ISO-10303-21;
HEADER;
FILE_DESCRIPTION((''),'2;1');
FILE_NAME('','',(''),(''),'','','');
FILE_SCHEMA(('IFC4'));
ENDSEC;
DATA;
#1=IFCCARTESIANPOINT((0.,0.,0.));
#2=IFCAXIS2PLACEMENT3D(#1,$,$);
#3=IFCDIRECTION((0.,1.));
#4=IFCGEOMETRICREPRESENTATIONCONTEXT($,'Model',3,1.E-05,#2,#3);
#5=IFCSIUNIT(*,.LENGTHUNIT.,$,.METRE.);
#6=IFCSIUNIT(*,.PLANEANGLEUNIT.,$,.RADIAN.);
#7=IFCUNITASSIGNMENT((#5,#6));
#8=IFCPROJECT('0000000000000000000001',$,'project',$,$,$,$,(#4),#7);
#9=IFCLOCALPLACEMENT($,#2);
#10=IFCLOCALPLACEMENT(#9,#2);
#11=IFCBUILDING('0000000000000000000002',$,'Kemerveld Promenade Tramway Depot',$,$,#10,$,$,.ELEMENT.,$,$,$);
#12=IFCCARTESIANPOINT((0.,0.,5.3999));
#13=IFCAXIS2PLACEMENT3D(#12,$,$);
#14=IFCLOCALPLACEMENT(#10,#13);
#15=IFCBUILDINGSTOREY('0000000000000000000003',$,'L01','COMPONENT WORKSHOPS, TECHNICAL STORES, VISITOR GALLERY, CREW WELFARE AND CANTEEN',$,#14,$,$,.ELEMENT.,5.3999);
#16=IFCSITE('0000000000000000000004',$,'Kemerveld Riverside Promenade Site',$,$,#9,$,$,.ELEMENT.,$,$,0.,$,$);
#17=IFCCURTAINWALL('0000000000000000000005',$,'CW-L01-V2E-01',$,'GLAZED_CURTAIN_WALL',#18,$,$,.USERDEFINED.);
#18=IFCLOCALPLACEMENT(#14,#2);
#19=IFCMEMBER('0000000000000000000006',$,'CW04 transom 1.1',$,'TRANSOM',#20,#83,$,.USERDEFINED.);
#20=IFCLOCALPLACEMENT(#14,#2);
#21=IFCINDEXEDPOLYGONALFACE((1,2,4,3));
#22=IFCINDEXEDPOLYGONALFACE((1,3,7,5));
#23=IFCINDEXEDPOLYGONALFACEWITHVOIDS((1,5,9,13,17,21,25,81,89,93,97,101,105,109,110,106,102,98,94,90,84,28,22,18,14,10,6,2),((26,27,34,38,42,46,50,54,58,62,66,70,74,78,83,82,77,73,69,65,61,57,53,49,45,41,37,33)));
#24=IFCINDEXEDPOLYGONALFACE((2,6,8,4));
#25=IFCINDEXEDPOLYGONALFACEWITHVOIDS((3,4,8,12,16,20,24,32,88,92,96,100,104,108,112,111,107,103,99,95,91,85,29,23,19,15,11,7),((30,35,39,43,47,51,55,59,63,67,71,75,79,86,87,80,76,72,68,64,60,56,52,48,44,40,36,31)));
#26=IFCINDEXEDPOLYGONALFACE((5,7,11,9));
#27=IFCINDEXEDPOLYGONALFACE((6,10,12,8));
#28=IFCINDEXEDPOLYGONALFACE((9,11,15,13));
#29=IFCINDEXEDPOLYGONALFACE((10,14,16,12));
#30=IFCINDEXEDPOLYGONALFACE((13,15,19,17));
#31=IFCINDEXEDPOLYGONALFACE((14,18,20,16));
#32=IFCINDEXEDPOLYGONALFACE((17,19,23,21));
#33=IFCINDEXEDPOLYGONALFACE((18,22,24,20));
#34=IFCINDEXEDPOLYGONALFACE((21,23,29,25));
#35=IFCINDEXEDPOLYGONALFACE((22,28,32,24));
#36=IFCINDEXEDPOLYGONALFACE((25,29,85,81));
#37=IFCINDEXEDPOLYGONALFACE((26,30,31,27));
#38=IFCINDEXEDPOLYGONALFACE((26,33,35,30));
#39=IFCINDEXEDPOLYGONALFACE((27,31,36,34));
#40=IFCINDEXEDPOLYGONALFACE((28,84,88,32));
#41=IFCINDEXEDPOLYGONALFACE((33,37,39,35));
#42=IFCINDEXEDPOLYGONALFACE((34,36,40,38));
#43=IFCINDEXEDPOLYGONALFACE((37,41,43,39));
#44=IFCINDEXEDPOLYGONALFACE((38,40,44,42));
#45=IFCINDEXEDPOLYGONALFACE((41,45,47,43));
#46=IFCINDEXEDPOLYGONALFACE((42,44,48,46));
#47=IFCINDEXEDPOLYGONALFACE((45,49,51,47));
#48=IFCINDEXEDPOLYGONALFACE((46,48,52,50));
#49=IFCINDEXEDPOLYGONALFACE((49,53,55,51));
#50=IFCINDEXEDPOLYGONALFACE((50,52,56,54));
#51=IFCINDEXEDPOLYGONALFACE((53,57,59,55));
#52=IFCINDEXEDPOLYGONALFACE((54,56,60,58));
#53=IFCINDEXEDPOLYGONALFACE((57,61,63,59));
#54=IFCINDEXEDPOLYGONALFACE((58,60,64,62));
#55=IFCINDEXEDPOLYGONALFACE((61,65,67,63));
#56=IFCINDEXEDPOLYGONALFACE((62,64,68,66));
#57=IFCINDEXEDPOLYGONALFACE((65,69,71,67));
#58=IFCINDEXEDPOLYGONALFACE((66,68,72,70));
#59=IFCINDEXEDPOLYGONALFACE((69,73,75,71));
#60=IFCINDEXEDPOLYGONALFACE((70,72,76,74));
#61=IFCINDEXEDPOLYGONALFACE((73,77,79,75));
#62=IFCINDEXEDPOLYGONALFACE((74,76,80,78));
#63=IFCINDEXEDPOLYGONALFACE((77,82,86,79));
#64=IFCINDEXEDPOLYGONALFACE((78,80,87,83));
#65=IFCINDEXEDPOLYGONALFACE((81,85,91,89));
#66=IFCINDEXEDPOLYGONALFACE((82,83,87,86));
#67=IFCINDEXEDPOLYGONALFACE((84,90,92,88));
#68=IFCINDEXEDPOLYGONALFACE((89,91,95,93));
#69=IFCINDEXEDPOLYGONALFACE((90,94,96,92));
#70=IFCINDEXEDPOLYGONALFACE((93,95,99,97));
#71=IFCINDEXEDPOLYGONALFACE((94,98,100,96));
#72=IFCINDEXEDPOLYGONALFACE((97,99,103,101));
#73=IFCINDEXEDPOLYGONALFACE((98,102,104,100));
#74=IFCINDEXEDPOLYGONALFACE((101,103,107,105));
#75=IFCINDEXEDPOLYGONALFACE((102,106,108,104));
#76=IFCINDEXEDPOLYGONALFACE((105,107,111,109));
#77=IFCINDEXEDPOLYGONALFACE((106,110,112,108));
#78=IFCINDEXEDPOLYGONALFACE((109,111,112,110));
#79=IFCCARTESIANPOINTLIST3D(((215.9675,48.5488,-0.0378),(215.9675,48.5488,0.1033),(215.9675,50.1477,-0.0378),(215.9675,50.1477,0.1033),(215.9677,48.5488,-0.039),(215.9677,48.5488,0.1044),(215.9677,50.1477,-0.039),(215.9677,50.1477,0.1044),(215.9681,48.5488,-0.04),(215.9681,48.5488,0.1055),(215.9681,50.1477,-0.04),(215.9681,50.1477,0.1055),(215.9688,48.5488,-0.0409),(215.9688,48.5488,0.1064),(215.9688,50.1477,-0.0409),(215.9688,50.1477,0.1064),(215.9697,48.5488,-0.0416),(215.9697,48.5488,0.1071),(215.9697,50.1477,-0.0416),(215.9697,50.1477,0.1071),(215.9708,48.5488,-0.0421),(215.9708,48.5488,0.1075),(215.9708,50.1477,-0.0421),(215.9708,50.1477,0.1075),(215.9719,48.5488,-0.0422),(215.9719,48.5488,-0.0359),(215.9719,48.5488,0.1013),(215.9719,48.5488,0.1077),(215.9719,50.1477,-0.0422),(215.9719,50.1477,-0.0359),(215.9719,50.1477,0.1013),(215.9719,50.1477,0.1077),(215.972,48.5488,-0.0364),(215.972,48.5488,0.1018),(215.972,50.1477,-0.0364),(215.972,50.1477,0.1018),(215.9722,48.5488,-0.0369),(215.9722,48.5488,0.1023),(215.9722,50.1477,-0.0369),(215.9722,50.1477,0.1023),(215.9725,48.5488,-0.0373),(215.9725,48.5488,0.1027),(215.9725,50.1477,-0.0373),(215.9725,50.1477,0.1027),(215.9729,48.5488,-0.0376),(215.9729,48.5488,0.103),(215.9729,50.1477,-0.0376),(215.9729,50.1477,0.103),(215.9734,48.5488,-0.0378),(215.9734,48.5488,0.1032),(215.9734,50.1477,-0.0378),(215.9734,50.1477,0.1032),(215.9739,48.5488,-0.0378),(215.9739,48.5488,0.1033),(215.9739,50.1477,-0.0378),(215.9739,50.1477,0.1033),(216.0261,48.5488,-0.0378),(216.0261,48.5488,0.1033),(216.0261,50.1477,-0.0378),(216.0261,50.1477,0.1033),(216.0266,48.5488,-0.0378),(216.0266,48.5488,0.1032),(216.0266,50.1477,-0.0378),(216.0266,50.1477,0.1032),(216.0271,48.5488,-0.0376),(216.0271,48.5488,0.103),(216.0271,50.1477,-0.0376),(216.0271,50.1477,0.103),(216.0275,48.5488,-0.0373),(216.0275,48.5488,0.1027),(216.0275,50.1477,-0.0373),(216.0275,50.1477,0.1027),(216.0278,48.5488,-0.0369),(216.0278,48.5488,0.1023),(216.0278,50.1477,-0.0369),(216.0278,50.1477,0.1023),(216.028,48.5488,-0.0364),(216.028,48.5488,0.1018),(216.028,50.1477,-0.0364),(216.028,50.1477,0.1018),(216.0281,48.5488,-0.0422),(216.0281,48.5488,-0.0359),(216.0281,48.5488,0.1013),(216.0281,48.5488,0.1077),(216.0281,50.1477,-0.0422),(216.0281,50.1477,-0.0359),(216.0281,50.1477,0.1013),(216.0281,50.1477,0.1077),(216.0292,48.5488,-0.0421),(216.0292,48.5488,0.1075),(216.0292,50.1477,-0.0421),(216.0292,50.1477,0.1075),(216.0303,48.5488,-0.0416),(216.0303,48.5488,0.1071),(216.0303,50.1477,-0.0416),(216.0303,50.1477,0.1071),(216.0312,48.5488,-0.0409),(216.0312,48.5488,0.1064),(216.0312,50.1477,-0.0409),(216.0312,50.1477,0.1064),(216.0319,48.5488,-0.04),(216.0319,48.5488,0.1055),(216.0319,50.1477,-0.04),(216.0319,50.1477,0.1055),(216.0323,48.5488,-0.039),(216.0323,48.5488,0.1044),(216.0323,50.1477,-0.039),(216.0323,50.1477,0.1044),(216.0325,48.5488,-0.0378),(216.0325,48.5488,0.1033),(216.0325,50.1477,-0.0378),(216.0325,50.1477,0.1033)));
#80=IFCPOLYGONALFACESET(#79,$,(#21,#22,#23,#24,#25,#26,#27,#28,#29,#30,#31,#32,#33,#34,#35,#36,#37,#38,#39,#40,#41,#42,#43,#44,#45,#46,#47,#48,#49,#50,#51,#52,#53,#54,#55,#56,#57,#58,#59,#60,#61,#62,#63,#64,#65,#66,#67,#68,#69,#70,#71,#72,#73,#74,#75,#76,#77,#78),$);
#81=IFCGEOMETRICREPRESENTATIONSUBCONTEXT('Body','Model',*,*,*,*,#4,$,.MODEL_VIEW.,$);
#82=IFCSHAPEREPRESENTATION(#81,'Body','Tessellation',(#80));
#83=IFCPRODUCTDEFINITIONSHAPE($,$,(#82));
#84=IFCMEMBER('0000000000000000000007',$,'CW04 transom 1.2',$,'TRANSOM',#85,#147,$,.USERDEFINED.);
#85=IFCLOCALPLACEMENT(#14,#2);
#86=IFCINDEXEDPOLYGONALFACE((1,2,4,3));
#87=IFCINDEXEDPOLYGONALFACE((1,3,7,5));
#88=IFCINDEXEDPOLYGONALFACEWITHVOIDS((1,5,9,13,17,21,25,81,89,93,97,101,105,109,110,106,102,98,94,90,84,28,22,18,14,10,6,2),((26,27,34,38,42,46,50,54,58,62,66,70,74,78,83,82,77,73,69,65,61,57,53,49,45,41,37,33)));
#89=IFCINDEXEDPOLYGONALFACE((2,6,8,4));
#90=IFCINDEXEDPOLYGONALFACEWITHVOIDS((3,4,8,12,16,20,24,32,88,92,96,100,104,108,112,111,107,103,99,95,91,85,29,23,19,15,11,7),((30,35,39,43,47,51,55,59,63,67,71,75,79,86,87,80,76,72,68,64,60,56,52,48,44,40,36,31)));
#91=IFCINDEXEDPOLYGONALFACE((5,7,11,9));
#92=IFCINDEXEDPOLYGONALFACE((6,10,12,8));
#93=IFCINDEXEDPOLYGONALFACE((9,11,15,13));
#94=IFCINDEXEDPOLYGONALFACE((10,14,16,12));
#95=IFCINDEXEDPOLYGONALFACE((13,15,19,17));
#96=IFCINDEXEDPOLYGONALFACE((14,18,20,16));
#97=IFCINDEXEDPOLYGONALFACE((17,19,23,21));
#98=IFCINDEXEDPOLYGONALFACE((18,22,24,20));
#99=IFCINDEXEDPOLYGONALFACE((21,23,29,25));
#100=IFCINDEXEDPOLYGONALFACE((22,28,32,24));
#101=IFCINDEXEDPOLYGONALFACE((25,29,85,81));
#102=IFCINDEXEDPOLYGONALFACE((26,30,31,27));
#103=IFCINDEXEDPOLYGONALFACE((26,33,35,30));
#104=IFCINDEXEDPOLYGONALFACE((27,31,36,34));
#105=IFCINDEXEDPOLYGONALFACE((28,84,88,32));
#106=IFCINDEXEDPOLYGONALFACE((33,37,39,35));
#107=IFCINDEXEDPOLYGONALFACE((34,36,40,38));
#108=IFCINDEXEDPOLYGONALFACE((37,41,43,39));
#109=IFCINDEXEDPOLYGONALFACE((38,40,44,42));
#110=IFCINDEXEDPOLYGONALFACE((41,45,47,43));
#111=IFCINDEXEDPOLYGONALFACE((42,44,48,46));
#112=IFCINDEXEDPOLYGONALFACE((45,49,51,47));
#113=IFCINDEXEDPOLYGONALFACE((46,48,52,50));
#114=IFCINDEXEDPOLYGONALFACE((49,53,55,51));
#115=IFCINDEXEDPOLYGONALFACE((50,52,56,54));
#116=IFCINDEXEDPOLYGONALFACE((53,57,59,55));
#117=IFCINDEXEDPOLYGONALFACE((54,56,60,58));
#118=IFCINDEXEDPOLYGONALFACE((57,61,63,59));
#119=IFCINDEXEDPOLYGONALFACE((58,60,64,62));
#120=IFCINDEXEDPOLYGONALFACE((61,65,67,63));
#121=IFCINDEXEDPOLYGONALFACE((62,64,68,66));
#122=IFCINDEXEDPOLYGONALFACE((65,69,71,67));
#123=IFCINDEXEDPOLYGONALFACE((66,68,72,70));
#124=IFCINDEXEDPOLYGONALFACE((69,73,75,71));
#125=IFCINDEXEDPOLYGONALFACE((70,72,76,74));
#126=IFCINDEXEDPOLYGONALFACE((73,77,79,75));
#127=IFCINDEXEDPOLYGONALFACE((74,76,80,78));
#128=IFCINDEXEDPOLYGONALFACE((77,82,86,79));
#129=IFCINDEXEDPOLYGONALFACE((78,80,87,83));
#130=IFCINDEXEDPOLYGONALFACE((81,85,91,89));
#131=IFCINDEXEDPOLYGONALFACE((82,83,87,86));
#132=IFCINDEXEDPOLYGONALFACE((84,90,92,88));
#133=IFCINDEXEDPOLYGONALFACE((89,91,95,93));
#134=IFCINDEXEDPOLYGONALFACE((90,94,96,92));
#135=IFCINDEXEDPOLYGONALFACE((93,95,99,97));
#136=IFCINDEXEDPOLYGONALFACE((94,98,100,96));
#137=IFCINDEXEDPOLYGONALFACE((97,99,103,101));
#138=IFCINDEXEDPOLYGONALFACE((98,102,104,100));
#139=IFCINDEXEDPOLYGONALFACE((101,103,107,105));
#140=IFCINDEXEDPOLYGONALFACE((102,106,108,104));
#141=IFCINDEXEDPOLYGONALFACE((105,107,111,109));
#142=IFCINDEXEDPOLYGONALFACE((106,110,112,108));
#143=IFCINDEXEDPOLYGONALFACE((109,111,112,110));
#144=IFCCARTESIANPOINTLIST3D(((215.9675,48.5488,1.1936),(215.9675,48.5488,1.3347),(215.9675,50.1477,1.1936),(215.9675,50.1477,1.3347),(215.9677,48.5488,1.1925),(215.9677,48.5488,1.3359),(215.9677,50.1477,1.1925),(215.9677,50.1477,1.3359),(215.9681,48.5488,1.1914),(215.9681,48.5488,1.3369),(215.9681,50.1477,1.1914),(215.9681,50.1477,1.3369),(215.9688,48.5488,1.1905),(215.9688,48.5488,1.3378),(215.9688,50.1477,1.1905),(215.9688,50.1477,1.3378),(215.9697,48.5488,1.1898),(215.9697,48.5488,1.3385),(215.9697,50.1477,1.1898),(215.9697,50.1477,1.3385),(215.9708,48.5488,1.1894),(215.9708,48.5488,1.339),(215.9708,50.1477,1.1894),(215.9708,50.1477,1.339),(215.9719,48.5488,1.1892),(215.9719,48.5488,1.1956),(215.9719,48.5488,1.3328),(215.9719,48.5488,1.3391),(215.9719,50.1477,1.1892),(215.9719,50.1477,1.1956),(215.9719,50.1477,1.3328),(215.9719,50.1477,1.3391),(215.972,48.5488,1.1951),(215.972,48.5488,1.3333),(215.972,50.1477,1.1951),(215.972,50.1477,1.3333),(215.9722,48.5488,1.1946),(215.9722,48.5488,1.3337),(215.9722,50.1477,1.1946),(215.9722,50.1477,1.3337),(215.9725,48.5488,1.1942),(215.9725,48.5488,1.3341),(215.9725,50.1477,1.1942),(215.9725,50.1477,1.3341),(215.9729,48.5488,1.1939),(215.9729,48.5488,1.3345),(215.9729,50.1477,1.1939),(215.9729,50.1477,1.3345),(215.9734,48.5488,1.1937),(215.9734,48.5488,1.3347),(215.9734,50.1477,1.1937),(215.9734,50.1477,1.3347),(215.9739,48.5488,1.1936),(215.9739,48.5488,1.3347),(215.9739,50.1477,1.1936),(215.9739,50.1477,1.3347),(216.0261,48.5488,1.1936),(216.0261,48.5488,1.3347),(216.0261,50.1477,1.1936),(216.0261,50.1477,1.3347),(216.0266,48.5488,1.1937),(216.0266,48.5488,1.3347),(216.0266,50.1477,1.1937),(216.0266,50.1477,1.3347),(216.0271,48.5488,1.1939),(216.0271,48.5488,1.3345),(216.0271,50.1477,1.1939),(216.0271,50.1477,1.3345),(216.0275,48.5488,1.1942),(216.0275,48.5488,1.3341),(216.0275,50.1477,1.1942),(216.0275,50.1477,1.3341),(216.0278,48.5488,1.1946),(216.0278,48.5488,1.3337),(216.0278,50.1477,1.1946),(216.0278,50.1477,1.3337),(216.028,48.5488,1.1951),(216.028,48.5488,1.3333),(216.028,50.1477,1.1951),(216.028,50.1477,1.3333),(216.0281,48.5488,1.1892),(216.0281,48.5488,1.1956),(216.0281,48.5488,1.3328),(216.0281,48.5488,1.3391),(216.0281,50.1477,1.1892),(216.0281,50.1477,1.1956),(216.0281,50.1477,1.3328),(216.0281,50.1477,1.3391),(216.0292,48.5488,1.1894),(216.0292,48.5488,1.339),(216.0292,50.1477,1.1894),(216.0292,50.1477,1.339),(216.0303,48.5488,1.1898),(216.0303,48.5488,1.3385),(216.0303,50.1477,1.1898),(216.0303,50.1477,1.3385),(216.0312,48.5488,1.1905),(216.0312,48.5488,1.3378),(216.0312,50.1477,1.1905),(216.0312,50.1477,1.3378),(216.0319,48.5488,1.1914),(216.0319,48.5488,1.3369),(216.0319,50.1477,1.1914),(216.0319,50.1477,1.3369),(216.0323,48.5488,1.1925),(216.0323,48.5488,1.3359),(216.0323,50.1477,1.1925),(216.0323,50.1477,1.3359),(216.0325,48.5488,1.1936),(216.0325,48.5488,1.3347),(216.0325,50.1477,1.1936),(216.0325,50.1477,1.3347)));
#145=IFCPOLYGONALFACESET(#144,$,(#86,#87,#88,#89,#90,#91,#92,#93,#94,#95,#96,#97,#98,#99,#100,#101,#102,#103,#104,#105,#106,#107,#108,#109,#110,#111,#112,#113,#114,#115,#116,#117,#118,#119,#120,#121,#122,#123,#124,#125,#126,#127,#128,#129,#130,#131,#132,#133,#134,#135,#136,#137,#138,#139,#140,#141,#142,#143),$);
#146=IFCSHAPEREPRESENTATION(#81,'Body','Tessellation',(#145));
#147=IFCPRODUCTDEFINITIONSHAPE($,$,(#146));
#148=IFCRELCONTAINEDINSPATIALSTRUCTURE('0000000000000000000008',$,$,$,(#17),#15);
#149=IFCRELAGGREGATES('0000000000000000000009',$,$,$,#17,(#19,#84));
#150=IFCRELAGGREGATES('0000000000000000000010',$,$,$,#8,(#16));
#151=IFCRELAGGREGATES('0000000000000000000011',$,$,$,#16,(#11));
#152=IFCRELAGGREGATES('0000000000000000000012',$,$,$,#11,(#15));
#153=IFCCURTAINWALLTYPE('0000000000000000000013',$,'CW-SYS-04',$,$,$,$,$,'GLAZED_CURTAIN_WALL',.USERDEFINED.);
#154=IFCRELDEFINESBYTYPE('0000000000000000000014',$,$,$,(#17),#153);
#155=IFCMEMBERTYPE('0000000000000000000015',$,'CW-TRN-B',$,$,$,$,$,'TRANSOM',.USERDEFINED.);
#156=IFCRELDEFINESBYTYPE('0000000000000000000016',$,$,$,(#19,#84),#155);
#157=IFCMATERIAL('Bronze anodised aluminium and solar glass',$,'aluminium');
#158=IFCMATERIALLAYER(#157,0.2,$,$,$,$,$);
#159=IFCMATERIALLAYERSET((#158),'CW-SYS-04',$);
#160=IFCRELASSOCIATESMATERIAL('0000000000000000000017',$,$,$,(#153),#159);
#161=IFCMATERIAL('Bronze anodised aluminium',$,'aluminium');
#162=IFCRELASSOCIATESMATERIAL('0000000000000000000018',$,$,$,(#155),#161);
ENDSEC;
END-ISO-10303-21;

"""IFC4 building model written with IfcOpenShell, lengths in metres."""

from ifc_helpers import new_model, si_unit, direction, frame, origin, origin_2d, place, context, subcontext, project, spatial, hollow_rectangle, extrude, material, layer, layer_set, material_profile, profile_set, type_object, element, aggregate, save


model = new_model("IFC4")

# Units and contexts
model_context = context("Model", 3, precision=1e-05, world=origin(), true_north=direction((0.0, 1.0)))
body_context = subcontext(model_context, "Body", "Model", "MODEL_VIEW")
ifc_project = project(units=[si_unit("LENGTHUNIT", "METRE"), si_unit("PLANEANGLEUNIT", "RADIAN")], contexts=[model_context])

# Site, building, storey
site_placement = place(None, origin())
site = spatial("IfcSite", under=ifc_project, at=site_placement, Name="Kemerveld Riverside Promenade Site", CompositionType="ELEMENT", RefElevation=0.0)
building_placement = place(site_placement, origin())
building = spatial("IfcBuilding", under=site, at=building_placement, Name="Kemerveld Promenade Tramway Depot", CompositionType="ELEMENT")
storey_placement = place(building_placement, frame((0.0, 0.0, 5.3999)))
storey = spatial("IfcBuildingStorey", under=building, at=storey_placement, Name="L01", Description="COMPONENT WORKSHOPS, TECHNICAL STORES, VISITOR GALLERY, CREW WELFARE AND CANTEEN", CompositionType="ELEMENT", Elevation=5.3999)

# Shared definitions
ifc_material_1 = material(Name="Bronze anodised aluminium and solar glass", Category="aluminium")
ifc_material_2 = material(Name="Bronze anodised aluminium", Category="aluminium")

# Curtain wall, members
ifc_layer_1 = layer(ifc_material_1, 0.2)
ifc_layer_set_1 = layer_set([ifc_layer_1], Name="CW-SYS-04")
curtain_wall_type_1 = type_object("IfcCurtainWallType", Name="CW-SYS-04", ElementType="GLAZED_CURTAIN_WALL", PredefinedType="USERDEFINED", material=ifc_layer_set_1)
curtain_wall_1_placement = place(storey_placement, origin())
curtain_wall_1 = element("IfcCurtainWall", 1, at=curtain_wall_1_placement, inside=storey, type_object=curtain_wall_type_1, Name="CW-L01-V2E-01", ObjectType="GLAZED_CURTAIN_WALL", PredefinedType="USERDEFINED")
ifc_material_profile_1 = material_profile(ifc_material_2, hollow_rectangle(XDim=0.0649, YDim=0.1499, WallThickness=0.0044, InnerFilletRadius=0.002, OuterFilletRadius=0.0044, at=origin_2d()), Name="CW-TRN-150x65")
ifc_profile_set_1 = profile_set([ifc_material_profile_1], Name="Bronze anodised aluminium")
member_type_1 = type_object("IfcMemberType", Name="CW-TRN-B", ElementType="TRANSOM", PredefinedType="USERDEFINED", material=ifc_profile_set_1)
member_1_placement = place(storey_placement, frame((216.0, 50.1477, 0.0327), z_axis=(0.0, -1.0, 0.0), x_axis=(1.0, 0.0, 0.0)))
member_1 = element("IfcMember", 2, at=member_1_placement, type_object=member_type_1, Name="CW04 transom 1.1", ObjectType="TRANSOM", PredefinedType="USERDEFINED", context=body_context, shape_type="SweptSolid", body=[
    extrude(hollow_rectangle(XDim=0.0649, YDim=0.1499, WallThickness=0.0044, InnerFilletRadius=0.002, OuterFilletRadius=0.0044, at=origin_2d()), origin(), (0.0, 0.0, 1.0), 1.5989),
])
member_2_placement = place(storey_placement, frame((216.0, 50.1477, 1.2642), z_axis=(0.0, -1.0, 0.0), x_axis=(1.0, 0.0, 0.0)))
member_2 = element("IfcMember", 3, at=member_2_placement, type_object=member_type_1, Name="CW04 transom 1.2", ObjectType="TRANSOM", PredefinedType="USERDEFINED", context=body_context, shape_type="SweptSolid", body=[
    extrude(hollow_rectangle(XDim=0.0649, YDim=0.1499, WallThickness=0.0044, InnerFilletRadius=0.002, OuterFilletRadius=0.0044, at=origin_2d()), origin(), (0.0, 0.0, 1.0), 1.5989),
])

aggregate(curtain_wall_1, [member_1, member_2])

save(model, "model.ifc")
